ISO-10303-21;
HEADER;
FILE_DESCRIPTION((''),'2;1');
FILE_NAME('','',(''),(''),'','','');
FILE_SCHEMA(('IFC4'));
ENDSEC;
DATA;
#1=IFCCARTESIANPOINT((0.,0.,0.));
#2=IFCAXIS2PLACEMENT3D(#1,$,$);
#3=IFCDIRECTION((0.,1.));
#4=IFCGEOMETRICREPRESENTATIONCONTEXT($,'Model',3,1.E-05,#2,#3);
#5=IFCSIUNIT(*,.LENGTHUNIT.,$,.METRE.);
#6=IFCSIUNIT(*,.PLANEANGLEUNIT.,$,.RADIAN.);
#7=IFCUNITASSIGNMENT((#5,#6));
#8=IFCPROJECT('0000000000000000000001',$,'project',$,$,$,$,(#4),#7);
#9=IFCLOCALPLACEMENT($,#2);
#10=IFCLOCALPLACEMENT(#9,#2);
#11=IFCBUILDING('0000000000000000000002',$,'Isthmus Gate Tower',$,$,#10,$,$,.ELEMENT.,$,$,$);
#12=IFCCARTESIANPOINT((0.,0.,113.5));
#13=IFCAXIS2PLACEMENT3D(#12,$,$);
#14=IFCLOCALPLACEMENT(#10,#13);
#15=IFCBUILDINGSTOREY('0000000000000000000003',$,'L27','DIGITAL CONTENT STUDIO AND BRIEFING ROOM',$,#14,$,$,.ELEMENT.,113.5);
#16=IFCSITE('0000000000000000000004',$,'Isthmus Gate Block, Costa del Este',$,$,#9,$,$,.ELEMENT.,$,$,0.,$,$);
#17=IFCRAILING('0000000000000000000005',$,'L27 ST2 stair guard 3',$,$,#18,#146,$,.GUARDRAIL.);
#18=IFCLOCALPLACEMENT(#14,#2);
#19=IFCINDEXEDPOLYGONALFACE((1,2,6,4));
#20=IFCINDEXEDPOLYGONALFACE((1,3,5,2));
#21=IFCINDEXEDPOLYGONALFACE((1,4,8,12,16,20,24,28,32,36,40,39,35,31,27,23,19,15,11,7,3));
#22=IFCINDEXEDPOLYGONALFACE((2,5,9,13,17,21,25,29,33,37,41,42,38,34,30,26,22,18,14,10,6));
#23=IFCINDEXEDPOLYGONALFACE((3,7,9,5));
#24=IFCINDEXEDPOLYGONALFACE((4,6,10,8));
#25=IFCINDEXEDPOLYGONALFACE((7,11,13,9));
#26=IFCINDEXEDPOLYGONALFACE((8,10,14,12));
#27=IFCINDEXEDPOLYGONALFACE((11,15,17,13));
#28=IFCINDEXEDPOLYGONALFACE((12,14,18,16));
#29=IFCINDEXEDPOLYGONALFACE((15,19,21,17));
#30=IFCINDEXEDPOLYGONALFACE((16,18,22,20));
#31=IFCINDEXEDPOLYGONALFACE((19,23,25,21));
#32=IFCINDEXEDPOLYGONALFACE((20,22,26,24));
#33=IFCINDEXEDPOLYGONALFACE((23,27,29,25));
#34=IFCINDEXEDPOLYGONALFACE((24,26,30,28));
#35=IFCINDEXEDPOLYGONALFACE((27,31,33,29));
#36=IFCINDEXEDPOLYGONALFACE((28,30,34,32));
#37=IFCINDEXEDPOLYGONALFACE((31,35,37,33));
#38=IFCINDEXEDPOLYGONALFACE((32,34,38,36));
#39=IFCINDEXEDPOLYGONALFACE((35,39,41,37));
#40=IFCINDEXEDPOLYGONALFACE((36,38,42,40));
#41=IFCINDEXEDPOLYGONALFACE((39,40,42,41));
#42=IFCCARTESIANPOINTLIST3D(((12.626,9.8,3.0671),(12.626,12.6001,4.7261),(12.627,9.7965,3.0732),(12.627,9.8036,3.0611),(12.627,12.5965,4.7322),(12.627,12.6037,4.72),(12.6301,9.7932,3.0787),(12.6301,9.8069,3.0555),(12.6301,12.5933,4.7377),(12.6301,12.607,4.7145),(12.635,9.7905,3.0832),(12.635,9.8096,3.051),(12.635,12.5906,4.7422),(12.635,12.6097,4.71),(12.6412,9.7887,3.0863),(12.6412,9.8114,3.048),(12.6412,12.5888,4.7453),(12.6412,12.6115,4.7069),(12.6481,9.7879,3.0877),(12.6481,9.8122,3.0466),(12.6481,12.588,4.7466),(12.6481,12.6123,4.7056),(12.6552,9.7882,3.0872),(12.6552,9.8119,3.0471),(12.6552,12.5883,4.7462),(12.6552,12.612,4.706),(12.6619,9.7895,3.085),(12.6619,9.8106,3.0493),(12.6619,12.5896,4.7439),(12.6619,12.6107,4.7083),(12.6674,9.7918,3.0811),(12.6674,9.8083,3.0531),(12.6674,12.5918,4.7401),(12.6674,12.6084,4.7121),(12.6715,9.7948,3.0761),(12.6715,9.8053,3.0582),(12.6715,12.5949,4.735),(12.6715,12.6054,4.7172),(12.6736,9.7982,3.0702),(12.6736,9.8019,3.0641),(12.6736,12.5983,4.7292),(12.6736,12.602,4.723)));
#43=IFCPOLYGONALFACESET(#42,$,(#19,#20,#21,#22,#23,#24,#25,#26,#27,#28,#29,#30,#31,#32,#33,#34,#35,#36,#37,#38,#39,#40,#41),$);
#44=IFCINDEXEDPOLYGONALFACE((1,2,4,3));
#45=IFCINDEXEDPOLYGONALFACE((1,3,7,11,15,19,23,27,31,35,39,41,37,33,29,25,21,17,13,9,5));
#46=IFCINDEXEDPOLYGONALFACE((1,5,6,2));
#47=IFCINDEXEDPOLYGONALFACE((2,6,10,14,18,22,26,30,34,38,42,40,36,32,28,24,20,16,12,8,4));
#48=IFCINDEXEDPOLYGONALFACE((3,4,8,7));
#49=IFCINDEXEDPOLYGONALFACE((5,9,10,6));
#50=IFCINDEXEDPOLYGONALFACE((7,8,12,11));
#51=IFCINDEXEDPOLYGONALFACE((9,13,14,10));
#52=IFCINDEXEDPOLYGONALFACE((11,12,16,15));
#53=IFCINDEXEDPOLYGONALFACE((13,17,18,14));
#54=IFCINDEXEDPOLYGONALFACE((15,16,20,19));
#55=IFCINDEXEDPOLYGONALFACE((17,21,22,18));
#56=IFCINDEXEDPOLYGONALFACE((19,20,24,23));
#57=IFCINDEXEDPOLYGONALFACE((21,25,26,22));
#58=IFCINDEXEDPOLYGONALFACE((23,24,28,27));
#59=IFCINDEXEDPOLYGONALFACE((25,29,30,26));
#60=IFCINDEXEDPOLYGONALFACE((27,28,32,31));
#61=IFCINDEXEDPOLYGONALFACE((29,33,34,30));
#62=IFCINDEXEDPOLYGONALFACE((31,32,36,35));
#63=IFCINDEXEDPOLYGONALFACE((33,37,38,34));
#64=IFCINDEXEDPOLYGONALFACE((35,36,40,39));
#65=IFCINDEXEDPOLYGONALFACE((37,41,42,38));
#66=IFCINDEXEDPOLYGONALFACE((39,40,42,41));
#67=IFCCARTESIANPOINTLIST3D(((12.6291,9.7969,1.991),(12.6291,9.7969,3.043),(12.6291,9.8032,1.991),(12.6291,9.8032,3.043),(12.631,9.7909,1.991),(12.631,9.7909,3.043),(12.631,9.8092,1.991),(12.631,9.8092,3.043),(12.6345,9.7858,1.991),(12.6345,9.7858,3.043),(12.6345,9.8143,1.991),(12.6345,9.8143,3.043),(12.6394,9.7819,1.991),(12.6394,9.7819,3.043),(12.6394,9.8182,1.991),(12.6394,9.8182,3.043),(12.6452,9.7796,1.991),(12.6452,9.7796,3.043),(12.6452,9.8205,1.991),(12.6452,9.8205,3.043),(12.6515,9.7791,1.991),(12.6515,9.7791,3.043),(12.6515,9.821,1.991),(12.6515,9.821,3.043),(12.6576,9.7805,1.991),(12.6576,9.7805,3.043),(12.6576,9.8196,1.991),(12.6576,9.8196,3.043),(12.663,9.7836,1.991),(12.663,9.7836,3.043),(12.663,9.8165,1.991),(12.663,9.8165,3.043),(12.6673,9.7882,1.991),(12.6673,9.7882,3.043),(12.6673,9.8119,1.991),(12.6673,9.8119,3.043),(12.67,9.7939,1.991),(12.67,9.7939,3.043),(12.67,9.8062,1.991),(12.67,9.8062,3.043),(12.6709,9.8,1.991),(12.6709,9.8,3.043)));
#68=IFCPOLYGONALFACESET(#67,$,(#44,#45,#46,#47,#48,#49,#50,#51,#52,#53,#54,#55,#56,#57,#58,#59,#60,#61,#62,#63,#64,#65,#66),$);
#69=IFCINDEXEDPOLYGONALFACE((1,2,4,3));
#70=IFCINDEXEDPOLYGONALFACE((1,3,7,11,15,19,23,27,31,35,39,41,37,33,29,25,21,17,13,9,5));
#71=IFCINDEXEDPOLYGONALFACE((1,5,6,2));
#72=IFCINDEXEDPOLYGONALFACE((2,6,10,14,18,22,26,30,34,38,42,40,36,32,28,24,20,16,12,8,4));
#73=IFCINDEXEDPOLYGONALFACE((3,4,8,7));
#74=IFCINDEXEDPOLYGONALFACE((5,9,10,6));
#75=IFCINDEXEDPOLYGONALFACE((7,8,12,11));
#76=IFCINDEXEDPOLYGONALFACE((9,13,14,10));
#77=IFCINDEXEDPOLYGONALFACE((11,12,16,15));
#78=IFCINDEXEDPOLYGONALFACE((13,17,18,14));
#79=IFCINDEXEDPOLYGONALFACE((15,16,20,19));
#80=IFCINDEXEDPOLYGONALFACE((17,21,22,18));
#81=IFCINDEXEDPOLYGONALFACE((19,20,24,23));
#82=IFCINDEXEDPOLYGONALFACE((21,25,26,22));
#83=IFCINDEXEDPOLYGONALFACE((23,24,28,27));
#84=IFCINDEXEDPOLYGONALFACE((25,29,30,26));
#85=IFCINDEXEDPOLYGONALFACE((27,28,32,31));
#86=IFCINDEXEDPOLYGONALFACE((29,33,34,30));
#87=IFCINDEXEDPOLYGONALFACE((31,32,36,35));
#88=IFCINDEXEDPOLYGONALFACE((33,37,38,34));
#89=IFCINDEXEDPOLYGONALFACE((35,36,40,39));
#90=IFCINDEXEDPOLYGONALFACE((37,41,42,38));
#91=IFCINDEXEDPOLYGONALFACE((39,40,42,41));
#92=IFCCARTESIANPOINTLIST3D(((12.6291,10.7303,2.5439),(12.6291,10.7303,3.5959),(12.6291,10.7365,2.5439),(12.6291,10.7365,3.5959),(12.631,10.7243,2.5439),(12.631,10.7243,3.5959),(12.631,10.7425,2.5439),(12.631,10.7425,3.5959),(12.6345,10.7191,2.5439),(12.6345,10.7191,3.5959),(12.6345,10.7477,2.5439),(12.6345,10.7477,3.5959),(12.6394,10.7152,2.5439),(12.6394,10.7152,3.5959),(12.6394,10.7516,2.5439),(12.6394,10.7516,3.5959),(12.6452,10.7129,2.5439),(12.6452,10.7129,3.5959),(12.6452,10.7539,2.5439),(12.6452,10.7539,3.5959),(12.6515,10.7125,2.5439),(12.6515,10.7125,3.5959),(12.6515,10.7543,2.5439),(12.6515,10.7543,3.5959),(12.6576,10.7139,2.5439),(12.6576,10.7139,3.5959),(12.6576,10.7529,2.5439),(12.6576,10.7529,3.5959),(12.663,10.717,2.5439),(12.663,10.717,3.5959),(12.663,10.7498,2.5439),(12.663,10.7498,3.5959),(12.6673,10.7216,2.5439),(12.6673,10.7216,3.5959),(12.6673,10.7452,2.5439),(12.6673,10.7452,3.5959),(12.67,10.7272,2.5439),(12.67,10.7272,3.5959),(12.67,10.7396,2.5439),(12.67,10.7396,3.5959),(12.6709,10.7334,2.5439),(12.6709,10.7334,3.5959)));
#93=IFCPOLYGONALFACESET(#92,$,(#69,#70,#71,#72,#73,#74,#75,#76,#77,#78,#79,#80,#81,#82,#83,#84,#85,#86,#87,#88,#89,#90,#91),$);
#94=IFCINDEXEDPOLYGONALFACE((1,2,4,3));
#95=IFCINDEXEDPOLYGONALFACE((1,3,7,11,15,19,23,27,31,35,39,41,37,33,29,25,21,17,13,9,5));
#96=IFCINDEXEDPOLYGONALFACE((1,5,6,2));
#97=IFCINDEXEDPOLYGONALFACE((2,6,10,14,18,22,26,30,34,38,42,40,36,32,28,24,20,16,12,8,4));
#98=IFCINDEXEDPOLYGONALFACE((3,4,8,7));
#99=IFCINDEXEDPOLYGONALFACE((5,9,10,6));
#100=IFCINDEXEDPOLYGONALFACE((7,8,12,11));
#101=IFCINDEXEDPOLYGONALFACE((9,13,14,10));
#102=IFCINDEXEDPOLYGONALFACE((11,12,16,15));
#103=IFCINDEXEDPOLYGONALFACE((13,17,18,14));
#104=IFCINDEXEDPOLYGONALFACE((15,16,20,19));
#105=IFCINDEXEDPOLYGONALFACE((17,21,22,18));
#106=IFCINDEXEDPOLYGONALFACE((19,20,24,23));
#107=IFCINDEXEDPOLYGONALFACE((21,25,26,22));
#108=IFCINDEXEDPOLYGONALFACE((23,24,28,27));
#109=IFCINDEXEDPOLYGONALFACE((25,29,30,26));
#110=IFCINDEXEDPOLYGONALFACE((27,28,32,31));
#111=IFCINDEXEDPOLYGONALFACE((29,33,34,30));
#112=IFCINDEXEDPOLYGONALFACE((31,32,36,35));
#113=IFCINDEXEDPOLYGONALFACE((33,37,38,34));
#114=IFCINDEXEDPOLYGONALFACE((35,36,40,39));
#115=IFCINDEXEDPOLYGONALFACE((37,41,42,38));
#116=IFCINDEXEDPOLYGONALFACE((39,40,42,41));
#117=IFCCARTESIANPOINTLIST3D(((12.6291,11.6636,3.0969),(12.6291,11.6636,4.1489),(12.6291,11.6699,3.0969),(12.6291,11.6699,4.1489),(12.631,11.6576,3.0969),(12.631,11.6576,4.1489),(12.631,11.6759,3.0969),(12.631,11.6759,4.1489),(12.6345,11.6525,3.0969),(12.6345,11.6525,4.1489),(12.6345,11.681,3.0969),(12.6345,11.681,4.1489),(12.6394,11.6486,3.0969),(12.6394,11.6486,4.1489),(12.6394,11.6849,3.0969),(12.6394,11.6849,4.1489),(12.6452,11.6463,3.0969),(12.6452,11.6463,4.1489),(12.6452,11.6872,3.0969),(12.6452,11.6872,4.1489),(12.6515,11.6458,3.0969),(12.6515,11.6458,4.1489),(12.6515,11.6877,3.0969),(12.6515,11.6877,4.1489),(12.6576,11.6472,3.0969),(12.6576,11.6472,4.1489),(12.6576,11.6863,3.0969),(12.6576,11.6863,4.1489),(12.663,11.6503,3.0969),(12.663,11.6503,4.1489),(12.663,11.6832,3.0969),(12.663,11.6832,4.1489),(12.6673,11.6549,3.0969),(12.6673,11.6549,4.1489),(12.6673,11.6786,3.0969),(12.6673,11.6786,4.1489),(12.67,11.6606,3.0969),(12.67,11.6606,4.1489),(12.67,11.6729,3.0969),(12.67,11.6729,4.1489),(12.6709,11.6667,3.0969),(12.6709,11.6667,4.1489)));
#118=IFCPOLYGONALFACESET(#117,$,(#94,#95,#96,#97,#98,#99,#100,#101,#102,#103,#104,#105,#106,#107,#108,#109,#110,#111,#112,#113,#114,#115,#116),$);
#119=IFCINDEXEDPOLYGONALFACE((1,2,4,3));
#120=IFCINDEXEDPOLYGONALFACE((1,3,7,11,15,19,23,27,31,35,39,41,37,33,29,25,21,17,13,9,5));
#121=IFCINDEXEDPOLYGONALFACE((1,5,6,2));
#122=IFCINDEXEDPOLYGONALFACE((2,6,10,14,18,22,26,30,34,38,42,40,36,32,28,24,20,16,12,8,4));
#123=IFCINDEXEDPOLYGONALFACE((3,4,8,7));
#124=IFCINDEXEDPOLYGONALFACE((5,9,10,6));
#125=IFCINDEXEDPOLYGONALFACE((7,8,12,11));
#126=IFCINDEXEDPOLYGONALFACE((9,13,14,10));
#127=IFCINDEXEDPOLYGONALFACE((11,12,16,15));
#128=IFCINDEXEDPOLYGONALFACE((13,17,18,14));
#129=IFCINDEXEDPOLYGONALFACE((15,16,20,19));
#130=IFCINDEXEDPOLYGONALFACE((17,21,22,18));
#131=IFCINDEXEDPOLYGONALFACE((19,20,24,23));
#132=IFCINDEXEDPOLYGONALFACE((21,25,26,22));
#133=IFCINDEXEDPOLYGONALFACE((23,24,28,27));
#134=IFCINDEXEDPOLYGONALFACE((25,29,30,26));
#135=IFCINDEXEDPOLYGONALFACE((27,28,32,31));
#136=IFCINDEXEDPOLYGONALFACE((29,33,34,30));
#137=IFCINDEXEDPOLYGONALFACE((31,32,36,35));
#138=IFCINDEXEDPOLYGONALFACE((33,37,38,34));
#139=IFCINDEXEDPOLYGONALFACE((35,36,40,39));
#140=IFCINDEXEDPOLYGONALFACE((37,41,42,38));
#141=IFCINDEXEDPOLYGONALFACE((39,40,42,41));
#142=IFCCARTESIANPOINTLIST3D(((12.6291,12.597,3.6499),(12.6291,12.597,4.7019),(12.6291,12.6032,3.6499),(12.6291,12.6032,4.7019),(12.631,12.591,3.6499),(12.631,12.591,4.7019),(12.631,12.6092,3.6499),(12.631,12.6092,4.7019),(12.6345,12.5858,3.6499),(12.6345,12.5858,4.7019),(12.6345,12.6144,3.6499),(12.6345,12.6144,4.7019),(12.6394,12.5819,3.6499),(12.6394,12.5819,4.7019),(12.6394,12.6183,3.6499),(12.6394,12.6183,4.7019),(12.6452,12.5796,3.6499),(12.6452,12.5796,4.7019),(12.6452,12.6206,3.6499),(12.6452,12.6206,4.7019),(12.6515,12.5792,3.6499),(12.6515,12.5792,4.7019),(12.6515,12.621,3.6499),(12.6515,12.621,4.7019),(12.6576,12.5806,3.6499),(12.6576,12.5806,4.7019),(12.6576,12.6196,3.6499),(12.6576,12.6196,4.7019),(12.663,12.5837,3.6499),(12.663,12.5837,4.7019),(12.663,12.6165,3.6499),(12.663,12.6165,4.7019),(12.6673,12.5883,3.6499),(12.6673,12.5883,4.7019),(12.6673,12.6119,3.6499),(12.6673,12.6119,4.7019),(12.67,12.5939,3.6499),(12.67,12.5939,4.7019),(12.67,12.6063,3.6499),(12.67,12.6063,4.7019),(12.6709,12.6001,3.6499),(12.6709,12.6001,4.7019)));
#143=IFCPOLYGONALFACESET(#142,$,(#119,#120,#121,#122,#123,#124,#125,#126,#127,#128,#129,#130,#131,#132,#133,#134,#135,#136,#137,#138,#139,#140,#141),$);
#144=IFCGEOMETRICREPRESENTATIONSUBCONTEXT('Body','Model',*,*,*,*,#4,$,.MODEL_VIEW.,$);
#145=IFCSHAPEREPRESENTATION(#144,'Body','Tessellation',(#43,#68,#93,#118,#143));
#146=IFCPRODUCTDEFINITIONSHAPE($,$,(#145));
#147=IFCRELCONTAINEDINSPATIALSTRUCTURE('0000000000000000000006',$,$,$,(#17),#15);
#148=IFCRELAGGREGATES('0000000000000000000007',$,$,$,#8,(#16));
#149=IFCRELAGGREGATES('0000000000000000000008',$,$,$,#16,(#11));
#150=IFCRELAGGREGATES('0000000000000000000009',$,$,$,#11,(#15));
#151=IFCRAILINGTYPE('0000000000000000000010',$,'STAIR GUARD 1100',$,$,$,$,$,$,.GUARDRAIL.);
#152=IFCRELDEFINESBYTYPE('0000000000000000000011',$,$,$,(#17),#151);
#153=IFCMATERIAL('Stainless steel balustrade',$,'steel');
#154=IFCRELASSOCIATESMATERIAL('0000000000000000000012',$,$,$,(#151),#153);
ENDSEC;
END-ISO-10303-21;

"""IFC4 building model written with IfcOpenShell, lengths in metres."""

from ifc_helpers import new_model, si_unit, direction, frame, origin, origin_2d, place, context, subcontext, project, spatial, circle, extrude, material, type_object, element, save


model = new_model("IFC4")

# Units and contexts
model_context = context("Model", 3, precision=1e-05, world=origin(), true_north=direction((0.0, 1.0)))
body_context = subcontext(model_context, "Body", "Model", "MODEL_VIEW")
ifc_project = project(units=[si_unit("LENGTHUNIT", "METRE"), si_unit("PLANEANGLEUNIT", "RADIAN")], contexts=[model_context])

# Site, building, storey
site_placement = place(None, origin())
site = spatial("IfcSite", under=ifc_project, at=site_placement, Name="Isthmus Gate Block, Costa del Este", CompositionType="ELEMENT", RefElevation=0.0)
building_placement = place(site_placement, origin())
building = spatial("IfcBuilding", under=site, at=building_placement, Name="Isthmus Gate Tower", CompositionType="ELEMENT")
storey_placement = place(building_placement, frame((0.0, 0.0, 113.5)))
storey = spatial("IfcBuildingStorey", under=building, at=storey_placement, Name="L27", Description="DIGITAL CONTENT STUDIO AND BRIEFING ROOM", CompositionType="ELEMENT", Elevation=113.5)

# Railing
ifc_material_1 = material(Name="Stainless steel balustrade", Category="steel")
railing_type_1 = type_object("IfcRailingType", Name="STAIR GUARD 1100", PredefinedType="GUARDRAIL", material=ifc_material_1)
railing_1_placement = place(storey_placement, frame((12.6499, 9.8, 1.991)))
element("IfcRailing", 1, at=railing_1_placement, inside=storey, type_object=railing_type_1, Name="L27 ST2 stair guard 3", PredefinedType="GUARDRAIL", context=body_context, shape_type="SweptSolid", body=[
    extrude(circle(Radius=0.0239, at=origin_2d()), frame((0.0, 0.0, 1.0762), z_axis=(0.0, 0.860339, 0.509722), x_axis=(-1.0, 0.0, 0.0)), (0.0, 0.0, 1.0), 3.2546),
    extrude(circle(Radius=0.021, at=origin_2d()), origin(), (0.0, 0.0, 1.0), 1.052),
    extrude(circle(Radius=0.021, at=origin_2d()), frame((0.0, 0.9333, 0.553)), (0.0, 0.0, 1.0), 1.052),
    extrude(circle(Radius=0.021, at=origin_2d()), frame((0.0, 1.8667, 1.106)), (0.0, 0.0, 1.0), 1.052),
    extrude(circle(Radius=0.021, at=origin_2d()), frame((0.0, 2.8, 1.6589)), (0.0, 0.0, 1.0), 1.052),
])

save(model, "model.ifc")
